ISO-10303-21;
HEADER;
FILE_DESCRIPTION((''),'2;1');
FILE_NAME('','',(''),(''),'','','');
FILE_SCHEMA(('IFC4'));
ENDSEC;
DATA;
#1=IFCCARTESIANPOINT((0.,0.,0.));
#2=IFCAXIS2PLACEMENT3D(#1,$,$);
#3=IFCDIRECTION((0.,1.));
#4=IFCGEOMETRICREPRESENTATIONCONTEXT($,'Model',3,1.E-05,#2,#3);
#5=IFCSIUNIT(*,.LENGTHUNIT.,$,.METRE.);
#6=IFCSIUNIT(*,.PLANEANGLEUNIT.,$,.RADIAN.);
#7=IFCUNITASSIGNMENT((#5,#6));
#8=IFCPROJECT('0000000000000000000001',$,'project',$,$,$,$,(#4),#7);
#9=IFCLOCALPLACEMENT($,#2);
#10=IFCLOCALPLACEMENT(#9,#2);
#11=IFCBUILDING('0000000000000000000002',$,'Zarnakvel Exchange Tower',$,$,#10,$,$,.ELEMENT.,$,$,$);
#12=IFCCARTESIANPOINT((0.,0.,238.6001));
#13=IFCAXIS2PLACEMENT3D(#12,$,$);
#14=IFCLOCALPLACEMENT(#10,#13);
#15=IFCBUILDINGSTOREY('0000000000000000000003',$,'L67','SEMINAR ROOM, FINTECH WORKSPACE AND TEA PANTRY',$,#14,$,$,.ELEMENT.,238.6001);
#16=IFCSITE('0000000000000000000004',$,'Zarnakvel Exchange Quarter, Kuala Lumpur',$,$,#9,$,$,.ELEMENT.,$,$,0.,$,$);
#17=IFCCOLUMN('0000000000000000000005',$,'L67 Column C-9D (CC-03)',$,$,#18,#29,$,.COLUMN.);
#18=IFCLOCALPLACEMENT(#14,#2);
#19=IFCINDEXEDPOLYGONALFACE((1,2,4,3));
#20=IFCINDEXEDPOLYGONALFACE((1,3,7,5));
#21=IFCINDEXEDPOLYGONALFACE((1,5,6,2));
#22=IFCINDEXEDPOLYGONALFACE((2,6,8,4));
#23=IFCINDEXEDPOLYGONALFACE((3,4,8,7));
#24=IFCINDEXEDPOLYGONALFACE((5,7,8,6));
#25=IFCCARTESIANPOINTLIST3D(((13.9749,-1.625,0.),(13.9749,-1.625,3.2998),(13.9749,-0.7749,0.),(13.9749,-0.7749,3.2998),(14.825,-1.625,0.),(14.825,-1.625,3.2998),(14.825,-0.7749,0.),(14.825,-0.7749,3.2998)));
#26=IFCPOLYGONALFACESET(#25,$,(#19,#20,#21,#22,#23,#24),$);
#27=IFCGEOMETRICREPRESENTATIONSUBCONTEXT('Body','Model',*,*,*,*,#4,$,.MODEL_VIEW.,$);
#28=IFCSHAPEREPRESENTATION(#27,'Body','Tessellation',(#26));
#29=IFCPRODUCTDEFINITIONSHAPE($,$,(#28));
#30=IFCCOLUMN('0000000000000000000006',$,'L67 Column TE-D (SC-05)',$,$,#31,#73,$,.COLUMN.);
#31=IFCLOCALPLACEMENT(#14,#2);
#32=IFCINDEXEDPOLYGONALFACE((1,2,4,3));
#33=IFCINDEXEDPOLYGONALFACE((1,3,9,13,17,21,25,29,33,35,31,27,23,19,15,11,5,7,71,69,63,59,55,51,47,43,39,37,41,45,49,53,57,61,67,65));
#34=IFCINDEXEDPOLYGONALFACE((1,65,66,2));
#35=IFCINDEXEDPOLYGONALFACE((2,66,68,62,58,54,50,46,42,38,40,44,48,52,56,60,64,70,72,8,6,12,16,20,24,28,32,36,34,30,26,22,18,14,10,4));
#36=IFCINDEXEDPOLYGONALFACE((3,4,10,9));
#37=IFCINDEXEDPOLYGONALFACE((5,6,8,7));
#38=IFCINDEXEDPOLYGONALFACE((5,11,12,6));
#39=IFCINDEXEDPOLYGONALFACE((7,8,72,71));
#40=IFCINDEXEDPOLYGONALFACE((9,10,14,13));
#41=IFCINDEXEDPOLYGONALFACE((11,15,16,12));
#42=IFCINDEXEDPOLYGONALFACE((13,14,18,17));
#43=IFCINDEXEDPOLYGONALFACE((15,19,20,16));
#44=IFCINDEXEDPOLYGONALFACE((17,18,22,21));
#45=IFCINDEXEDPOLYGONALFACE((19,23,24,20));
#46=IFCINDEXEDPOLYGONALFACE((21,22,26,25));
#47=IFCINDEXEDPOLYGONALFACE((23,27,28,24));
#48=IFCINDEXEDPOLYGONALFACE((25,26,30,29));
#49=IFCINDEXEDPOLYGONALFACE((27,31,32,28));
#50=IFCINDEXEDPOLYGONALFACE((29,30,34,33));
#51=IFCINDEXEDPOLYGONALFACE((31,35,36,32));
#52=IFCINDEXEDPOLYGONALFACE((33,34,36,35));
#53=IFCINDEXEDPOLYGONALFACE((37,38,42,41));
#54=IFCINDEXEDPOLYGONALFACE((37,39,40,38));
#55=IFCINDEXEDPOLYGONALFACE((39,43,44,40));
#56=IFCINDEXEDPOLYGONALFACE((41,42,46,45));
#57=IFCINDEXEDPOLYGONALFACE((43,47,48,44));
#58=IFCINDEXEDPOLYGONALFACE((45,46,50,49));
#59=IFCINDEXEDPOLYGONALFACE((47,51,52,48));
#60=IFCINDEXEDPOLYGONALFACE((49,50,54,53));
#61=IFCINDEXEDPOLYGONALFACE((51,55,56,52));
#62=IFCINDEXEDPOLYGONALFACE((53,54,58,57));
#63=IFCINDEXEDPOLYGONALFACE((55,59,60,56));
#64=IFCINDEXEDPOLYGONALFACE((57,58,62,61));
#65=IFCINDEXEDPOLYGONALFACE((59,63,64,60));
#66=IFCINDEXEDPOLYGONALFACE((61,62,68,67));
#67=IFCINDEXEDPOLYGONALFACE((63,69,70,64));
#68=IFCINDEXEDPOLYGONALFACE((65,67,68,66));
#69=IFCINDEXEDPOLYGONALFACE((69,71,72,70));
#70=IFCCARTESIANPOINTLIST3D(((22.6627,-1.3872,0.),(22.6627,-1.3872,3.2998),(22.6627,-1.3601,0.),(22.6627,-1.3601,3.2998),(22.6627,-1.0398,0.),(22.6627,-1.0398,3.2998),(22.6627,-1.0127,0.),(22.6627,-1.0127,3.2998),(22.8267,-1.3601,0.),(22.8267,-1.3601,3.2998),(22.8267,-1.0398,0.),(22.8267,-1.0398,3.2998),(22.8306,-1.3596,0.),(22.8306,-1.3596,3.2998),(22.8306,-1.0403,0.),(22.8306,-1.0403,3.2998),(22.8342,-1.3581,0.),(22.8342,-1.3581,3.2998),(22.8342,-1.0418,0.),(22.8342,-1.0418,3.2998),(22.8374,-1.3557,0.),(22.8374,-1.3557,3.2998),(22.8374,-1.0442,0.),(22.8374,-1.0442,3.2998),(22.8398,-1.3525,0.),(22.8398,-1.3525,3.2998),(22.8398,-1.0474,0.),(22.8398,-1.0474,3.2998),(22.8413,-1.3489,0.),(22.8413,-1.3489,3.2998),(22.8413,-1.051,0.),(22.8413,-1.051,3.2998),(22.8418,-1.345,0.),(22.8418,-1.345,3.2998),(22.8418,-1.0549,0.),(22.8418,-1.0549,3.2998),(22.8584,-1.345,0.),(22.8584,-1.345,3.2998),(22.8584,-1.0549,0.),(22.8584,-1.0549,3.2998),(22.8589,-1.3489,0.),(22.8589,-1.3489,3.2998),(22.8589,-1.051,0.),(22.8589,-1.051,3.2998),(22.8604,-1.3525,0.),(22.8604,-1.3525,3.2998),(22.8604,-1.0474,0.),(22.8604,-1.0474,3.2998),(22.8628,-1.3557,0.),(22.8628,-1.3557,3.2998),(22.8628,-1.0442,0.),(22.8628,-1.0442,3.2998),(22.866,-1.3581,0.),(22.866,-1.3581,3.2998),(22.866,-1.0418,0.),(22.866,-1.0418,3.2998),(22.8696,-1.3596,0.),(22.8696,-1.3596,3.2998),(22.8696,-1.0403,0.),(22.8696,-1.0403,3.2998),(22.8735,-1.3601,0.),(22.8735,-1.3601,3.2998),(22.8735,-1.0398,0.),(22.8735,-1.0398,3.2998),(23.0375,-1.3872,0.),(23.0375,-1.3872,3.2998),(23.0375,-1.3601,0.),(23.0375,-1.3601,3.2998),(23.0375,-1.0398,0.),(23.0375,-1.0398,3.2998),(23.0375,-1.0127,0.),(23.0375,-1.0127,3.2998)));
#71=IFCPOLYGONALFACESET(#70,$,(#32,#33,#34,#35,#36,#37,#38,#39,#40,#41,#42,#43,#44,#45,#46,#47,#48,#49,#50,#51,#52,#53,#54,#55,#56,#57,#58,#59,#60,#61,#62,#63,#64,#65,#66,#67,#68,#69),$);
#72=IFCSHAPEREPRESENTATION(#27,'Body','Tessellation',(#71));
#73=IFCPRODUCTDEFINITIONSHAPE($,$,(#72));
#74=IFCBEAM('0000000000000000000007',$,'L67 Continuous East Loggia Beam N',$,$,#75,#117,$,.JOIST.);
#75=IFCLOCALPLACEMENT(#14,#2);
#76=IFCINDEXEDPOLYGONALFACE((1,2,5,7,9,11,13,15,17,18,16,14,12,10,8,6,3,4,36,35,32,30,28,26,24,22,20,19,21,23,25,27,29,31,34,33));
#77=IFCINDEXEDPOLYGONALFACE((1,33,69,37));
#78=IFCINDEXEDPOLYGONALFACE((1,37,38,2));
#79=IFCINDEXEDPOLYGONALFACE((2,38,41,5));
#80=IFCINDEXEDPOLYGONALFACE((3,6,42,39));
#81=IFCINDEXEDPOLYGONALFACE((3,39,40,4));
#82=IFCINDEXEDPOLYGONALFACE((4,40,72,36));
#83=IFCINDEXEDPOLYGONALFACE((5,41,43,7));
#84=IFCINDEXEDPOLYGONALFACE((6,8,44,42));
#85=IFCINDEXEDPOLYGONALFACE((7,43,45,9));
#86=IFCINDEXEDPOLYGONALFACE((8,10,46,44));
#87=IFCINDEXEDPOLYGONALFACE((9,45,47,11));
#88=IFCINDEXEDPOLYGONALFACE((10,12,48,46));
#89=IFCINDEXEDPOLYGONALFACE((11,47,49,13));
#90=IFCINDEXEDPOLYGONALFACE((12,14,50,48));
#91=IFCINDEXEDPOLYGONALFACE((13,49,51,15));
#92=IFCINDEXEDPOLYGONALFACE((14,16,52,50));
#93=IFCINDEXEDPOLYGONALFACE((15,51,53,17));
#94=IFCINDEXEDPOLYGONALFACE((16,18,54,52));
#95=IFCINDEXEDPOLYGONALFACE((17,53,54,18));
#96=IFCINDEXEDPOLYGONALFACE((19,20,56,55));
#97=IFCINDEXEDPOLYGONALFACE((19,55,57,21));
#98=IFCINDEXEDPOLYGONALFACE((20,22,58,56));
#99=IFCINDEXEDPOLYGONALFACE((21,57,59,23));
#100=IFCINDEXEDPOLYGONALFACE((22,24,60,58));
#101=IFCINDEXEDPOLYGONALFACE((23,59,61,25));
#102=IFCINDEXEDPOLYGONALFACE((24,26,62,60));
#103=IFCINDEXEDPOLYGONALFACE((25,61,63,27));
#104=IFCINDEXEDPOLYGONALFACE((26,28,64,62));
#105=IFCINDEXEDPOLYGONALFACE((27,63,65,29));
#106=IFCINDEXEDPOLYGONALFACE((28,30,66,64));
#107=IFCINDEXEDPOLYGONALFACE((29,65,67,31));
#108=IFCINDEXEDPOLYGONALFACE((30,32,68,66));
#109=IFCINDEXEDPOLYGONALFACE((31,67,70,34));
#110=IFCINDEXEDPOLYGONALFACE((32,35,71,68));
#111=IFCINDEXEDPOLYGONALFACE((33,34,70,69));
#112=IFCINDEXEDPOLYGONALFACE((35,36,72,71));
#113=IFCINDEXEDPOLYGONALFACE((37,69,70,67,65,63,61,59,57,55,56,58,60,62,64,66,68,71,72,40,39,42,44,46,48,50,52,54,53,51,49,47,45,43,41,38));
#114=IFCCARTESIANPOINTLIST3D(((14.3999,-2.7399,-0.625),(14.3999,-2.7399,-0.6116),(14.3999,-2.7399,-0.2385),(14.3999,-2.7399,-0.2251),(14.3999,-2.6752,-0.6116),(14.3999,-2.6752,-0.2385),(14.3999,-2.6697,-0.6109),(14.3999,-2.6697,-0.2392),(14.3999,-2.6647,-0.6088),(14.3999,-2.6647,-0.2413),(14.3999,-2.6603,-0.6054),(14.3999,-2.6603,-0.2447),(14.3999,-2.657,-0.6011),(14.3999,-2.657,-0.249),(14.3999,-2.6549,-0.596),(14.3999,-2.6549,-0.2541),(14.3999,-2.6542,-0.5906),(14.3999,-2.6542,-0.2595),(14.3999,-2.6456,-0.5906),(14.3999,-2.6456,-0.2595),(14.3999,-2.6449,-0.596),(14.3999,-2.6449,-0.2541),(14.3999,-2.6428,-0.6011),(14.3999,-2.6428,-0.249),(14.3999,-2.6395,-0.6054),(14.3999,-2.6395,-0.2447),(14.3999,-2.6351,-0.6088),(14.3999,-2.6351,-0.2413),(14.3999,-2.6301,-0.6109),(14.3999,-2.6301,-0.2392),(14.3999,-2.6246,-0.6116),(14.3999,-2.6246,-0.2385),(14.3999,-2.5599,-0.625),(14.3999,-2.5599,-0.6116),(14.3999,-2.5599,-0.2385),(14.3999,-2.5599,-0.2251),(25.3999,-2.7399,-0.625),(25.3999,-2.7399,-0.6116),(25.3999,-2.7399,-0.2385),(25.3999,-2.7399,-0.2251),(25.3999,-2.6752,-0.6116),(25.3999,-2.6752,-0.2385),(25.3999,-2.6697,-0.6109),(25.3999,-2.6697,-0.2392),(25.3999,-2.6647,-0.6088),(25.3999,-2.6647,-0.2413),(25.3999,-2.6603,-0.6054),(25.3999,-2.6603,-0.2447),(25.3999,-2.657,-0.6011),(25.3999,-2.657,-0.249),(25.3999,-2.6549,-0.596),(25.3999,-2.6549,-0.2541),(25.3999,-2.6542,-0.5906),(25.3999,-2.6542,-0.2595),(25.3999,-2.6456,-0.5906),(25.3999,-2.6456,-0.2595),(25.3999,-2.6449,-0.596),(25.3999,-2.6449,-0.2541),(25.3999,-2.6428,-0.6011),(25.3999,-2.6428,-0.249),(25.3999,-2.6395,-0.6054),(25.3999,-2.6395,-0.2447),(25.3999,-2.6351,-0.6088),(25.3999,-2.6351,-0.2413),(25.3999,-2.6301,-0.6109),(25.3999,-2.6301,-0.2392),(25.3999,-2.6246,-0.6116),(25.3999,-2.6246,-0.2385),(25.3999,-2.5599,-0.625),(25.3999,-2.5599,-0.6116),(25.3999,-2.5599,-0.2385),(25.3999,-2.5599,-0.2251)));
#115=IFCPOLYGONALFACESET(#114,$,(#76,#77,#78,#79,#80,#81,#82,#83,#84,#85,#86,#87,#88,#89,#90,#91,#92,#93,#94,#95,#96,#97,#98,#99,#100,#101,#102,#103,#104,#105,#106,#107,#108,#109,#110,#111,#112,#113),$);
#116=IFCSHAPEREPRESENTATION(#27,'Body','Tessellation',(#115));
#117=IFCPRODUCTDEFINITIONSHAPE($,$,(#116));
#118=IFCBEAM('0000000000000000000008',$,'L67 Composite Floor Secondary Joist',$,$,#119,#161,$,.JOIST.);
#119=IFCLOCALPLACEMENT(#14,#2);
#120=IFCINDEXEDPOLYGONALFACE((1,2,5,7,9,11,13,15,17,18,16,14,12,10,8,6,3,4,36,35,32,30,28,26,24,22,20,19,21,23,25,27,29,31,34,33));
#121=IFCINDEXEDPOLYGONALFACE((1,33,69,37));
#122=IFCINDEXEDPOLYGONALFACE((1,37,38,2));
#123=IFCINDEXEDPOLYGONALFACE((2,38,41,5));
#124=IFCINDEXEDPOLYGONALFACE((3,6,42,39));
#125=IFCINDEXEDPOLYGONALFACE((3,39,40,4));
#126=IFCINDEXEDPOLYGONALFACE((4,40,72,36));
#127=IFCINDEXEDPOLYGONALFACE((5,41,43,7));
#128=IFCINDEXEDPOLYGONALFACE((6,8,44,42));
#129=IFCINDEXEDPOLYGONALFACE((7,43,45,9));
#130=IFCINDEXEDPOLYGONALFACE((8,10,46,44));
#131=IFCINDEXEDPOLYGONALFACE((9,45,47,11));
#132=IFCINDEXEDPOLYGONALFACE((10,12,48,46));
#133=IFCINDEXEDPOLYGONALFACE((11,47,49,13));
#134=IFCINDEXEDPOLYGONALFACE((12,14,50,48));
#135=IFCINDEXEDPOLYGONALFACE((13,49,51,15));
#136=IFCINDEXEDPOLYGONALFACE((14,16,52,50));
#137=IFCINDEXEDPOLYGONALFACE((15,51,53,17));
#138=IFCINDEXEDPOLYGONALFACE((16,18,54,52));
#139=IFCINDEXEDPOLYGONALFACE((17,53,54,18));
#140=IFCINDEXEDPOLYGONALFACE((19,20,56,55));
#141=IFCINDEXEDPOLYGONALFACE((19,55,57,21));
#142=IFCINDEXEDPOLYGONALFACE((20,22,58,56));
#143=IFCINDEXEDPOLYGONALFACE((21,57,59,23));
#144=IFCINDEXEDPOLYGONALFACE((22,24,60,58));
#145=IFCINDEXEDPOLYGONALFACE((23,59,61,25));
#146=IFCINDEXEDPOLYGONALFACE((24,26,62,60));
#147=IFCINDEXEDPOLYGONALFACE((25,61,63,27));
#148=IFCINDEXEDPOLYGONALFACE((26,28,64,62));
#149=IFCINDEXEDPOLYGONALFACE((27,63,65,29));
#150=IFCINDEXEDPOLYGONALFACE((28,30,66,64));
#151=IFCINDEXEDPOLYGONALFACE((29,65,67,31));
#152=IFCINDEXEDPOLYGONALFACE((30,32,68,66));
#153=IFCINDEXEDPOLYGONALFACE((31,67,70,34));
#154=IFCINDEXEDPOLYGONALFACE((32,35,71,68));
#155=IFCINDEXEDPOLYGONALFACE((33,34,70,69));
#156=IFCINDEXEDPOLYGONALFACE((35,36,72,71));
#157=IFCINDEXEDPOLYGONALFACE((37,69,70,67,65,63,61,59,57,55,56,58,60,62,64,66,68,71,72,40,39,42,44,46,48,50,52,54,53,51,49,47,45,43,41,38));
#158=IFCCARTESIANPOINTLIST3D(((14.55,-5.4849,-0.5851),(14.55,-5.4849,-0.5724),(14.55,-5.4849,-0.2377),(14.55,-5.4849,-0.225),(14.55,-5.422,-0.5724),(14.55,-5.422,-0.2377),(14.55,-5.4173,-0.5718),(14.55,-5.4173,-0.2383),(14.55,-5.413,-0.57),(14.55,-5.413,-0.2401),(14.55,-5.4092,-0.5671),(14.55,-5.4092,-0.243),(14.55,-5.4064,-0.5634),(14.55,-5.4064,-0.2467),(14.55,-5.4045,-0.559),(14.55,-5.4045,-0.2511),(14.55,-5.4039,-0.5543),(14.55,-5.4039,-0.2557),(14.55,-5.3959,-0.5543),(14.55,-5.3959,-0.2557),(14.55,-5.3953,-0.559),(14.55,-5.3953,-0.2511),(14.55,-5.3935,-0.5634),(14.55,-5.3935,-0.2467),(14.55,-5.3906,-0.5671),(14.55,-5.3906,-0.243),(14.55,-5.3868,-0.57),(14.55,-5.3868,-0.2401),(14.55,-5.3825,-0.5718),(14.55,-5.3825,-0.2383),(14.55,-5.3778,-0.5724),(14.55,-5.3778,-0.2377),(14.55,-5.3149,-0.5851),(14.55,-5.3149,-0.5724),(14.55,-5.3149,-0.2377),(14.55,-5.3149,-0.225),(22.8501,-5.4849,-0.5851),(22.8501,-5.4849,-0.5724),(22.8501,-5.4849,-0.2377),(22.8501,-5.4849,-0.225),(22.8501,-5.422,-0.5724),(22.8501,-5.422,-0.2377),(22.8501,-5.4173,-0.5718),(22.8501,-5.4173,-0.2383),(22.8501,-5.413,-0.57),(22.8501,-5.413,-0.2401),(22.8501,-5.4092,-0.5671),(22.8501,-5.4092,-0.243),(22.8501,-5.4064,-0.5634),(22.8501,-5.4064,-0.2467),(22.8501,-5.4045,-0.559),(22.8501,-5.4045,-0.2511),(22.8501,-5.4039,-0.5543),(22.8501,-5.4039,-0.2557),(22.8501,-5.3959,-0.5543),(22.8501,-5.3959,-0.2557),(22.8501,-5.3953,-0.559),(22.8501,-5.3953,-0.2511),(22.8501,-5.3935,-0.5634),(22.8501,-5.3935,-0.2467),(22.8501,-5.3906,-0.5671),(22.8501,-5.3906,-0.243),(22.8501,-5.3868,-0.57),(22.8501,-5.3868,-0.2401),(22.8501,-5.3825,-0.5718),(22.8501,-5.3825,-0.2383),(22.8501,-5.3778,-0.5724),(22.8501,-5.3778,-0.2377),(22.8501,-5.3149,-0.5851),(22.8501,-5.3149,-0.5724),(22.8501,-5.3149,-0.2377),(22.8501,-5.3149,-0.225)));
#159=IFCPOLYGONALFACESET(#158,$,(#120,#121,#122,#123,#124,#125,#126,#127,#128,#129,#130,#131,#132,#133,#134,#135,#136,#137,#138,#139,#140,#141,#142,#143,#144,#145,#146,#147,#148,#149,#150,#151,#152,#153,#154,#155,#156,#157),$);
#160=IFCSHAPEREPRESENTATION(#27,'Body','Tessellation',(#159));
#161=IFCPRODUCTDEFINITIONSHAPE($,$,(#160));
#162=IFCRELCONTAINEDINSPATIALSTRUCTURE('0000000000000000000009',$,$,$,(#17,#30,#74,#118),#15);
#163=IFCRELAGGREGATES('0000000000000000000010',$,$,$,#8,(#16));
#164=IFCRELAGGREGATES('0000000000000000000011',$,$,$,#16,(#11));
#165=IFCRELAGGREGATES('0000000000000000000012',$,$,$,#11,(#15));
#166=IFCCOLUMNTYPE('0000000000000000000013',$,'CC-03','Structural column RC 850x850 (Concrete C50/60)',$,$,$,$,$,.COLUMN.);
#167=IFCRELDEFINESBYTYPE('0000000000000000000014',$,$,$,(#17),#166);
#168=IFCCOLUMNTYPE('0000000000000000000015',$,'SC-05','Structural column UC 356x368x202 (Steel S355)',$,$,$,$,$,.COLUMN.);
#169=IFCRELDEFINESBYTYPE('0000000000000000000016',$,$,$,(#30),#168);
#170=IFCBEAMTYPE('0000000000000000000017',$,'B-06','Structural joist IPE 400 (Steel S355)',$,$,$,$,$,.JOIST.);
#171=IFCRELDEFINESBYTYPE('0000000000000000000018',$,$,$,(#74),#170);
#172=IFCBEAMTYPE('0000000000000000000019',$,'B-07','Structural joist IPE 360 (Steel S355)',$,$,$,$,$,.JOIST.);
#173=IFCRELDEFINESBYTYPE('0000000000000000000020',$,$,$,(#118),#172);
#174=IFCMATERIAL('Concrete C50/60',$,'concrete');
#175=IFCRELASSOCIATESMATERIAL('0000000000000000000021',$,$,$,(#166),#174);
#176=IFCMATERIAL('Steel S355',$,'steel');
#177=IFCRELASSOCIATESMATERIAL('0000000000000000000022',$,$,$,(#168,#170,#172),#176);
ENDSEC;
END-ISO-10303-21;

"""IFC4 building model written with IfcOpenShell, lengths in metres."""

from ifc_helpers import new_model, si_unit, direction, frame, origin, origin_2d, place, context, subcontext, project, spatial, rectangle, i_section, extrude, material, material_profile, profile_set, type_object, element, save


model = new_model("IFC4")

# Units and contexts
model_context = context("Model", 3, precision=1e-05, world=origin(), true_north=direction((0.0, 1.0)))
body_context = subcontext(model_context, "Body", "Model", "MODEL_VIEW")
ifc_project = project(units=[si_unit("LENGTHUNIT", "METRE"), si_unit("PLANEANGLEUNIT", "RADIAN")], contexts=[model_context])

# Site, building, storey
site_placement = place(None, origin())
site = spatial("IfcSite", under=ifc_project, at=site_placement, Name="Zarnakvel Exchange Quarter, Kuala Lumpur", CompositionType="ELEMENT", RefElevation=0.0)
building_placement = place(site_placement, origin())
building = spatial("IfcBuilding", under=site, at=building_placement, Name="Zarnakvel Exchange Tower", CompositionType="ELEMENT")
storey_placement = place(building_placement, frame((0.0, 0.0, 238.6001)))
storey = spatial("IfcBuildingStorey", under=building, at=storey_placement, Name="L67", Description="SEMINAR ROOM, FINTECH WORKSPACE AND TEA PANTRY", CompositionType="ELEMENT", Elevation=238.6001)

# Columns
ifc_material_1 = material(Name="Concrete C50/60", Category="concrete")
ifc_material_profile_1 = material_profile(ifc_material_1, rectangle(XDim=0.8501, YDim=0.8501, at=origin_2d()))
ifc_profile_set_1 = profile_set([ifc_material_profile_1], Name="Concrete C50/60")
column_type_1 = type_object("IfcColumnType", Name="CC-03", Description="Structural column RC 850x850 (Concrete C50/60)", PredefinedType="COLUMN", material=ifc_profile_set_1)
column_1_placement = place(storey_placement, frame((14.3999, -1.2, 0.0), z_axis=(0.0, 0.0, 1.0), x_axis=(1.0, 0.0, 0.0)))
element("IfcColumn", 1, at=column_1_placement, inside=storey, type_object=column_type_1, Name="L67 Column C-9D (CC-03)", PredefinedType="COLUMN", context=body_context, shape_type="SweptSolid", body=[
    extrude(rectangle(XDim=0.8501, YDim=0.8501, at=origin_2d()), origin(), (0.0, 0.0, 1.0), 3.2998),
])
ifc_material_2 = material(Name="Steel S355", Category="steel")
ifc_material_profile_2 = material_profile(ifc_material_2, i_section(OverallWidth=0.3748, OverallDepth=0.3745, WebThickness=0.0166, FlangeThickness=0.0271, FilletRadius=0.0151, at=origin_2d()))
ifc_profile_set_2 = profile_set([ifc_material_profile_2], Name="Steel S355")
column_type_2 = type_object("IfcColumnType", Name="SC-05", Description="Structural column UC 356x368x202 (Steel S355)", PredefinedType="COLUMN", material=ifc_profile_set_2)
column_2_placement = place(storey_placement, frame((22.8501, -1.2, 0.0), z_axis=(0.0, 0.0, 1.0), x_axis=(1.0, 0.0, 0.0)))
element("IfcColumn", 2, at=column_2_placement, inside=storey, type_object=column_type_2, Name="L67 Column TE-D (SC-05)", PredefinedType="COLUMN", context=body_context, shape_type="SweptSolid", body=[
    extrude(i_section(OverallWidth=0.3748, OverallDepth=0.3745, WebThickness=0.0166, FlangeThickness=0.0271, FilletRadius=0.0151, at=origin_2d()), origin(), (0.0, 0.0, 1.0), 3.2998),
])

# Beams
ifc_material_profile_3 = material_profile(ifc_material_2, i_section(OverallWidth=0.1799, OverallDepth=0.3999, WebThickness=0.0085, FlangeThickness=0.0134, FilletRadius=0.021, at=origin_2d()))
ifc_profile_set_3 = profile_set([ifc_material_profile_3], Name="Steel S355")
beam_type_1 = type_object("IfcBeamType", Name="B-06", Description="Structural joist IPE 400 (Steel S355)", PredefinedType="JOIST", material=ifc_profile_set_3)
beam_1_placement = place(storey_placement, frame((14.3999, -2.6499, -0.425), z_axis=(1.0, 0.0, 0.0), x_axis=(0.0, 1.0, 0.0)))
element("IfcBeam", 3, at=beam_1_placement, inside=storey, type_object=beam_type_1, Name="L67 Continuous East Loggia Beam N", PredefinedType="JOIST", context=body_context, shape_type="SweptSolid", body=[
    extrude(i_section(OverallWidth=0.1799, OverallDepth=0.3999, WebThickness=0.0085, FlangeThickness=0.0134, FilletRadius=0.021, at=origin_2d()), origin(), (0.0, 0.0, 1.0), 11.0),
])
ifc_material_profile_4 = material_profile(ifc_material_2, i_section(OverallWidth=0.1699, OverallDepth=0.3601, WebThickness=0.0081, FlangeThickness=0.0127, FilletRadius=0.0181, at=origin_2d()))
ifc_profile_set_4 = profile_set([ifc_material_profile_4], Name="Steel S355")
beam_type_2 = type_object("IfcBeamType", Name="B-07", Description="Structural joist IPE 360 (Steel S355)", PredefinedType="JOIST", material=ifc_profile_set_4)
beam_2_placement = place(storey_placement, frame((14.55, -5.3999, -0.405), z_axis=(1.0, 0.0, 0.0), x_axis=(0.0, 1.0, 0.0)))
element("IfcBeam", 4, at=beam_2_placement, inside=storey, type_object=beam_type_2, Name="L67 Composite Floor Secondary Joist", PredefinedType="JOIST", context=body_context, shape_type="SweptSolid", body=[
    extrude(i_section(OverallWidth=0.1699, OverallDepth=0.3601, WebThickness=0.0081, FlangeThickness=0.0127, FilletRadius=0.0181, at=origin_2d()), origin(), (0.0, 0.0, 1.0), 8.3),
])

save(model, "model.ifc")
